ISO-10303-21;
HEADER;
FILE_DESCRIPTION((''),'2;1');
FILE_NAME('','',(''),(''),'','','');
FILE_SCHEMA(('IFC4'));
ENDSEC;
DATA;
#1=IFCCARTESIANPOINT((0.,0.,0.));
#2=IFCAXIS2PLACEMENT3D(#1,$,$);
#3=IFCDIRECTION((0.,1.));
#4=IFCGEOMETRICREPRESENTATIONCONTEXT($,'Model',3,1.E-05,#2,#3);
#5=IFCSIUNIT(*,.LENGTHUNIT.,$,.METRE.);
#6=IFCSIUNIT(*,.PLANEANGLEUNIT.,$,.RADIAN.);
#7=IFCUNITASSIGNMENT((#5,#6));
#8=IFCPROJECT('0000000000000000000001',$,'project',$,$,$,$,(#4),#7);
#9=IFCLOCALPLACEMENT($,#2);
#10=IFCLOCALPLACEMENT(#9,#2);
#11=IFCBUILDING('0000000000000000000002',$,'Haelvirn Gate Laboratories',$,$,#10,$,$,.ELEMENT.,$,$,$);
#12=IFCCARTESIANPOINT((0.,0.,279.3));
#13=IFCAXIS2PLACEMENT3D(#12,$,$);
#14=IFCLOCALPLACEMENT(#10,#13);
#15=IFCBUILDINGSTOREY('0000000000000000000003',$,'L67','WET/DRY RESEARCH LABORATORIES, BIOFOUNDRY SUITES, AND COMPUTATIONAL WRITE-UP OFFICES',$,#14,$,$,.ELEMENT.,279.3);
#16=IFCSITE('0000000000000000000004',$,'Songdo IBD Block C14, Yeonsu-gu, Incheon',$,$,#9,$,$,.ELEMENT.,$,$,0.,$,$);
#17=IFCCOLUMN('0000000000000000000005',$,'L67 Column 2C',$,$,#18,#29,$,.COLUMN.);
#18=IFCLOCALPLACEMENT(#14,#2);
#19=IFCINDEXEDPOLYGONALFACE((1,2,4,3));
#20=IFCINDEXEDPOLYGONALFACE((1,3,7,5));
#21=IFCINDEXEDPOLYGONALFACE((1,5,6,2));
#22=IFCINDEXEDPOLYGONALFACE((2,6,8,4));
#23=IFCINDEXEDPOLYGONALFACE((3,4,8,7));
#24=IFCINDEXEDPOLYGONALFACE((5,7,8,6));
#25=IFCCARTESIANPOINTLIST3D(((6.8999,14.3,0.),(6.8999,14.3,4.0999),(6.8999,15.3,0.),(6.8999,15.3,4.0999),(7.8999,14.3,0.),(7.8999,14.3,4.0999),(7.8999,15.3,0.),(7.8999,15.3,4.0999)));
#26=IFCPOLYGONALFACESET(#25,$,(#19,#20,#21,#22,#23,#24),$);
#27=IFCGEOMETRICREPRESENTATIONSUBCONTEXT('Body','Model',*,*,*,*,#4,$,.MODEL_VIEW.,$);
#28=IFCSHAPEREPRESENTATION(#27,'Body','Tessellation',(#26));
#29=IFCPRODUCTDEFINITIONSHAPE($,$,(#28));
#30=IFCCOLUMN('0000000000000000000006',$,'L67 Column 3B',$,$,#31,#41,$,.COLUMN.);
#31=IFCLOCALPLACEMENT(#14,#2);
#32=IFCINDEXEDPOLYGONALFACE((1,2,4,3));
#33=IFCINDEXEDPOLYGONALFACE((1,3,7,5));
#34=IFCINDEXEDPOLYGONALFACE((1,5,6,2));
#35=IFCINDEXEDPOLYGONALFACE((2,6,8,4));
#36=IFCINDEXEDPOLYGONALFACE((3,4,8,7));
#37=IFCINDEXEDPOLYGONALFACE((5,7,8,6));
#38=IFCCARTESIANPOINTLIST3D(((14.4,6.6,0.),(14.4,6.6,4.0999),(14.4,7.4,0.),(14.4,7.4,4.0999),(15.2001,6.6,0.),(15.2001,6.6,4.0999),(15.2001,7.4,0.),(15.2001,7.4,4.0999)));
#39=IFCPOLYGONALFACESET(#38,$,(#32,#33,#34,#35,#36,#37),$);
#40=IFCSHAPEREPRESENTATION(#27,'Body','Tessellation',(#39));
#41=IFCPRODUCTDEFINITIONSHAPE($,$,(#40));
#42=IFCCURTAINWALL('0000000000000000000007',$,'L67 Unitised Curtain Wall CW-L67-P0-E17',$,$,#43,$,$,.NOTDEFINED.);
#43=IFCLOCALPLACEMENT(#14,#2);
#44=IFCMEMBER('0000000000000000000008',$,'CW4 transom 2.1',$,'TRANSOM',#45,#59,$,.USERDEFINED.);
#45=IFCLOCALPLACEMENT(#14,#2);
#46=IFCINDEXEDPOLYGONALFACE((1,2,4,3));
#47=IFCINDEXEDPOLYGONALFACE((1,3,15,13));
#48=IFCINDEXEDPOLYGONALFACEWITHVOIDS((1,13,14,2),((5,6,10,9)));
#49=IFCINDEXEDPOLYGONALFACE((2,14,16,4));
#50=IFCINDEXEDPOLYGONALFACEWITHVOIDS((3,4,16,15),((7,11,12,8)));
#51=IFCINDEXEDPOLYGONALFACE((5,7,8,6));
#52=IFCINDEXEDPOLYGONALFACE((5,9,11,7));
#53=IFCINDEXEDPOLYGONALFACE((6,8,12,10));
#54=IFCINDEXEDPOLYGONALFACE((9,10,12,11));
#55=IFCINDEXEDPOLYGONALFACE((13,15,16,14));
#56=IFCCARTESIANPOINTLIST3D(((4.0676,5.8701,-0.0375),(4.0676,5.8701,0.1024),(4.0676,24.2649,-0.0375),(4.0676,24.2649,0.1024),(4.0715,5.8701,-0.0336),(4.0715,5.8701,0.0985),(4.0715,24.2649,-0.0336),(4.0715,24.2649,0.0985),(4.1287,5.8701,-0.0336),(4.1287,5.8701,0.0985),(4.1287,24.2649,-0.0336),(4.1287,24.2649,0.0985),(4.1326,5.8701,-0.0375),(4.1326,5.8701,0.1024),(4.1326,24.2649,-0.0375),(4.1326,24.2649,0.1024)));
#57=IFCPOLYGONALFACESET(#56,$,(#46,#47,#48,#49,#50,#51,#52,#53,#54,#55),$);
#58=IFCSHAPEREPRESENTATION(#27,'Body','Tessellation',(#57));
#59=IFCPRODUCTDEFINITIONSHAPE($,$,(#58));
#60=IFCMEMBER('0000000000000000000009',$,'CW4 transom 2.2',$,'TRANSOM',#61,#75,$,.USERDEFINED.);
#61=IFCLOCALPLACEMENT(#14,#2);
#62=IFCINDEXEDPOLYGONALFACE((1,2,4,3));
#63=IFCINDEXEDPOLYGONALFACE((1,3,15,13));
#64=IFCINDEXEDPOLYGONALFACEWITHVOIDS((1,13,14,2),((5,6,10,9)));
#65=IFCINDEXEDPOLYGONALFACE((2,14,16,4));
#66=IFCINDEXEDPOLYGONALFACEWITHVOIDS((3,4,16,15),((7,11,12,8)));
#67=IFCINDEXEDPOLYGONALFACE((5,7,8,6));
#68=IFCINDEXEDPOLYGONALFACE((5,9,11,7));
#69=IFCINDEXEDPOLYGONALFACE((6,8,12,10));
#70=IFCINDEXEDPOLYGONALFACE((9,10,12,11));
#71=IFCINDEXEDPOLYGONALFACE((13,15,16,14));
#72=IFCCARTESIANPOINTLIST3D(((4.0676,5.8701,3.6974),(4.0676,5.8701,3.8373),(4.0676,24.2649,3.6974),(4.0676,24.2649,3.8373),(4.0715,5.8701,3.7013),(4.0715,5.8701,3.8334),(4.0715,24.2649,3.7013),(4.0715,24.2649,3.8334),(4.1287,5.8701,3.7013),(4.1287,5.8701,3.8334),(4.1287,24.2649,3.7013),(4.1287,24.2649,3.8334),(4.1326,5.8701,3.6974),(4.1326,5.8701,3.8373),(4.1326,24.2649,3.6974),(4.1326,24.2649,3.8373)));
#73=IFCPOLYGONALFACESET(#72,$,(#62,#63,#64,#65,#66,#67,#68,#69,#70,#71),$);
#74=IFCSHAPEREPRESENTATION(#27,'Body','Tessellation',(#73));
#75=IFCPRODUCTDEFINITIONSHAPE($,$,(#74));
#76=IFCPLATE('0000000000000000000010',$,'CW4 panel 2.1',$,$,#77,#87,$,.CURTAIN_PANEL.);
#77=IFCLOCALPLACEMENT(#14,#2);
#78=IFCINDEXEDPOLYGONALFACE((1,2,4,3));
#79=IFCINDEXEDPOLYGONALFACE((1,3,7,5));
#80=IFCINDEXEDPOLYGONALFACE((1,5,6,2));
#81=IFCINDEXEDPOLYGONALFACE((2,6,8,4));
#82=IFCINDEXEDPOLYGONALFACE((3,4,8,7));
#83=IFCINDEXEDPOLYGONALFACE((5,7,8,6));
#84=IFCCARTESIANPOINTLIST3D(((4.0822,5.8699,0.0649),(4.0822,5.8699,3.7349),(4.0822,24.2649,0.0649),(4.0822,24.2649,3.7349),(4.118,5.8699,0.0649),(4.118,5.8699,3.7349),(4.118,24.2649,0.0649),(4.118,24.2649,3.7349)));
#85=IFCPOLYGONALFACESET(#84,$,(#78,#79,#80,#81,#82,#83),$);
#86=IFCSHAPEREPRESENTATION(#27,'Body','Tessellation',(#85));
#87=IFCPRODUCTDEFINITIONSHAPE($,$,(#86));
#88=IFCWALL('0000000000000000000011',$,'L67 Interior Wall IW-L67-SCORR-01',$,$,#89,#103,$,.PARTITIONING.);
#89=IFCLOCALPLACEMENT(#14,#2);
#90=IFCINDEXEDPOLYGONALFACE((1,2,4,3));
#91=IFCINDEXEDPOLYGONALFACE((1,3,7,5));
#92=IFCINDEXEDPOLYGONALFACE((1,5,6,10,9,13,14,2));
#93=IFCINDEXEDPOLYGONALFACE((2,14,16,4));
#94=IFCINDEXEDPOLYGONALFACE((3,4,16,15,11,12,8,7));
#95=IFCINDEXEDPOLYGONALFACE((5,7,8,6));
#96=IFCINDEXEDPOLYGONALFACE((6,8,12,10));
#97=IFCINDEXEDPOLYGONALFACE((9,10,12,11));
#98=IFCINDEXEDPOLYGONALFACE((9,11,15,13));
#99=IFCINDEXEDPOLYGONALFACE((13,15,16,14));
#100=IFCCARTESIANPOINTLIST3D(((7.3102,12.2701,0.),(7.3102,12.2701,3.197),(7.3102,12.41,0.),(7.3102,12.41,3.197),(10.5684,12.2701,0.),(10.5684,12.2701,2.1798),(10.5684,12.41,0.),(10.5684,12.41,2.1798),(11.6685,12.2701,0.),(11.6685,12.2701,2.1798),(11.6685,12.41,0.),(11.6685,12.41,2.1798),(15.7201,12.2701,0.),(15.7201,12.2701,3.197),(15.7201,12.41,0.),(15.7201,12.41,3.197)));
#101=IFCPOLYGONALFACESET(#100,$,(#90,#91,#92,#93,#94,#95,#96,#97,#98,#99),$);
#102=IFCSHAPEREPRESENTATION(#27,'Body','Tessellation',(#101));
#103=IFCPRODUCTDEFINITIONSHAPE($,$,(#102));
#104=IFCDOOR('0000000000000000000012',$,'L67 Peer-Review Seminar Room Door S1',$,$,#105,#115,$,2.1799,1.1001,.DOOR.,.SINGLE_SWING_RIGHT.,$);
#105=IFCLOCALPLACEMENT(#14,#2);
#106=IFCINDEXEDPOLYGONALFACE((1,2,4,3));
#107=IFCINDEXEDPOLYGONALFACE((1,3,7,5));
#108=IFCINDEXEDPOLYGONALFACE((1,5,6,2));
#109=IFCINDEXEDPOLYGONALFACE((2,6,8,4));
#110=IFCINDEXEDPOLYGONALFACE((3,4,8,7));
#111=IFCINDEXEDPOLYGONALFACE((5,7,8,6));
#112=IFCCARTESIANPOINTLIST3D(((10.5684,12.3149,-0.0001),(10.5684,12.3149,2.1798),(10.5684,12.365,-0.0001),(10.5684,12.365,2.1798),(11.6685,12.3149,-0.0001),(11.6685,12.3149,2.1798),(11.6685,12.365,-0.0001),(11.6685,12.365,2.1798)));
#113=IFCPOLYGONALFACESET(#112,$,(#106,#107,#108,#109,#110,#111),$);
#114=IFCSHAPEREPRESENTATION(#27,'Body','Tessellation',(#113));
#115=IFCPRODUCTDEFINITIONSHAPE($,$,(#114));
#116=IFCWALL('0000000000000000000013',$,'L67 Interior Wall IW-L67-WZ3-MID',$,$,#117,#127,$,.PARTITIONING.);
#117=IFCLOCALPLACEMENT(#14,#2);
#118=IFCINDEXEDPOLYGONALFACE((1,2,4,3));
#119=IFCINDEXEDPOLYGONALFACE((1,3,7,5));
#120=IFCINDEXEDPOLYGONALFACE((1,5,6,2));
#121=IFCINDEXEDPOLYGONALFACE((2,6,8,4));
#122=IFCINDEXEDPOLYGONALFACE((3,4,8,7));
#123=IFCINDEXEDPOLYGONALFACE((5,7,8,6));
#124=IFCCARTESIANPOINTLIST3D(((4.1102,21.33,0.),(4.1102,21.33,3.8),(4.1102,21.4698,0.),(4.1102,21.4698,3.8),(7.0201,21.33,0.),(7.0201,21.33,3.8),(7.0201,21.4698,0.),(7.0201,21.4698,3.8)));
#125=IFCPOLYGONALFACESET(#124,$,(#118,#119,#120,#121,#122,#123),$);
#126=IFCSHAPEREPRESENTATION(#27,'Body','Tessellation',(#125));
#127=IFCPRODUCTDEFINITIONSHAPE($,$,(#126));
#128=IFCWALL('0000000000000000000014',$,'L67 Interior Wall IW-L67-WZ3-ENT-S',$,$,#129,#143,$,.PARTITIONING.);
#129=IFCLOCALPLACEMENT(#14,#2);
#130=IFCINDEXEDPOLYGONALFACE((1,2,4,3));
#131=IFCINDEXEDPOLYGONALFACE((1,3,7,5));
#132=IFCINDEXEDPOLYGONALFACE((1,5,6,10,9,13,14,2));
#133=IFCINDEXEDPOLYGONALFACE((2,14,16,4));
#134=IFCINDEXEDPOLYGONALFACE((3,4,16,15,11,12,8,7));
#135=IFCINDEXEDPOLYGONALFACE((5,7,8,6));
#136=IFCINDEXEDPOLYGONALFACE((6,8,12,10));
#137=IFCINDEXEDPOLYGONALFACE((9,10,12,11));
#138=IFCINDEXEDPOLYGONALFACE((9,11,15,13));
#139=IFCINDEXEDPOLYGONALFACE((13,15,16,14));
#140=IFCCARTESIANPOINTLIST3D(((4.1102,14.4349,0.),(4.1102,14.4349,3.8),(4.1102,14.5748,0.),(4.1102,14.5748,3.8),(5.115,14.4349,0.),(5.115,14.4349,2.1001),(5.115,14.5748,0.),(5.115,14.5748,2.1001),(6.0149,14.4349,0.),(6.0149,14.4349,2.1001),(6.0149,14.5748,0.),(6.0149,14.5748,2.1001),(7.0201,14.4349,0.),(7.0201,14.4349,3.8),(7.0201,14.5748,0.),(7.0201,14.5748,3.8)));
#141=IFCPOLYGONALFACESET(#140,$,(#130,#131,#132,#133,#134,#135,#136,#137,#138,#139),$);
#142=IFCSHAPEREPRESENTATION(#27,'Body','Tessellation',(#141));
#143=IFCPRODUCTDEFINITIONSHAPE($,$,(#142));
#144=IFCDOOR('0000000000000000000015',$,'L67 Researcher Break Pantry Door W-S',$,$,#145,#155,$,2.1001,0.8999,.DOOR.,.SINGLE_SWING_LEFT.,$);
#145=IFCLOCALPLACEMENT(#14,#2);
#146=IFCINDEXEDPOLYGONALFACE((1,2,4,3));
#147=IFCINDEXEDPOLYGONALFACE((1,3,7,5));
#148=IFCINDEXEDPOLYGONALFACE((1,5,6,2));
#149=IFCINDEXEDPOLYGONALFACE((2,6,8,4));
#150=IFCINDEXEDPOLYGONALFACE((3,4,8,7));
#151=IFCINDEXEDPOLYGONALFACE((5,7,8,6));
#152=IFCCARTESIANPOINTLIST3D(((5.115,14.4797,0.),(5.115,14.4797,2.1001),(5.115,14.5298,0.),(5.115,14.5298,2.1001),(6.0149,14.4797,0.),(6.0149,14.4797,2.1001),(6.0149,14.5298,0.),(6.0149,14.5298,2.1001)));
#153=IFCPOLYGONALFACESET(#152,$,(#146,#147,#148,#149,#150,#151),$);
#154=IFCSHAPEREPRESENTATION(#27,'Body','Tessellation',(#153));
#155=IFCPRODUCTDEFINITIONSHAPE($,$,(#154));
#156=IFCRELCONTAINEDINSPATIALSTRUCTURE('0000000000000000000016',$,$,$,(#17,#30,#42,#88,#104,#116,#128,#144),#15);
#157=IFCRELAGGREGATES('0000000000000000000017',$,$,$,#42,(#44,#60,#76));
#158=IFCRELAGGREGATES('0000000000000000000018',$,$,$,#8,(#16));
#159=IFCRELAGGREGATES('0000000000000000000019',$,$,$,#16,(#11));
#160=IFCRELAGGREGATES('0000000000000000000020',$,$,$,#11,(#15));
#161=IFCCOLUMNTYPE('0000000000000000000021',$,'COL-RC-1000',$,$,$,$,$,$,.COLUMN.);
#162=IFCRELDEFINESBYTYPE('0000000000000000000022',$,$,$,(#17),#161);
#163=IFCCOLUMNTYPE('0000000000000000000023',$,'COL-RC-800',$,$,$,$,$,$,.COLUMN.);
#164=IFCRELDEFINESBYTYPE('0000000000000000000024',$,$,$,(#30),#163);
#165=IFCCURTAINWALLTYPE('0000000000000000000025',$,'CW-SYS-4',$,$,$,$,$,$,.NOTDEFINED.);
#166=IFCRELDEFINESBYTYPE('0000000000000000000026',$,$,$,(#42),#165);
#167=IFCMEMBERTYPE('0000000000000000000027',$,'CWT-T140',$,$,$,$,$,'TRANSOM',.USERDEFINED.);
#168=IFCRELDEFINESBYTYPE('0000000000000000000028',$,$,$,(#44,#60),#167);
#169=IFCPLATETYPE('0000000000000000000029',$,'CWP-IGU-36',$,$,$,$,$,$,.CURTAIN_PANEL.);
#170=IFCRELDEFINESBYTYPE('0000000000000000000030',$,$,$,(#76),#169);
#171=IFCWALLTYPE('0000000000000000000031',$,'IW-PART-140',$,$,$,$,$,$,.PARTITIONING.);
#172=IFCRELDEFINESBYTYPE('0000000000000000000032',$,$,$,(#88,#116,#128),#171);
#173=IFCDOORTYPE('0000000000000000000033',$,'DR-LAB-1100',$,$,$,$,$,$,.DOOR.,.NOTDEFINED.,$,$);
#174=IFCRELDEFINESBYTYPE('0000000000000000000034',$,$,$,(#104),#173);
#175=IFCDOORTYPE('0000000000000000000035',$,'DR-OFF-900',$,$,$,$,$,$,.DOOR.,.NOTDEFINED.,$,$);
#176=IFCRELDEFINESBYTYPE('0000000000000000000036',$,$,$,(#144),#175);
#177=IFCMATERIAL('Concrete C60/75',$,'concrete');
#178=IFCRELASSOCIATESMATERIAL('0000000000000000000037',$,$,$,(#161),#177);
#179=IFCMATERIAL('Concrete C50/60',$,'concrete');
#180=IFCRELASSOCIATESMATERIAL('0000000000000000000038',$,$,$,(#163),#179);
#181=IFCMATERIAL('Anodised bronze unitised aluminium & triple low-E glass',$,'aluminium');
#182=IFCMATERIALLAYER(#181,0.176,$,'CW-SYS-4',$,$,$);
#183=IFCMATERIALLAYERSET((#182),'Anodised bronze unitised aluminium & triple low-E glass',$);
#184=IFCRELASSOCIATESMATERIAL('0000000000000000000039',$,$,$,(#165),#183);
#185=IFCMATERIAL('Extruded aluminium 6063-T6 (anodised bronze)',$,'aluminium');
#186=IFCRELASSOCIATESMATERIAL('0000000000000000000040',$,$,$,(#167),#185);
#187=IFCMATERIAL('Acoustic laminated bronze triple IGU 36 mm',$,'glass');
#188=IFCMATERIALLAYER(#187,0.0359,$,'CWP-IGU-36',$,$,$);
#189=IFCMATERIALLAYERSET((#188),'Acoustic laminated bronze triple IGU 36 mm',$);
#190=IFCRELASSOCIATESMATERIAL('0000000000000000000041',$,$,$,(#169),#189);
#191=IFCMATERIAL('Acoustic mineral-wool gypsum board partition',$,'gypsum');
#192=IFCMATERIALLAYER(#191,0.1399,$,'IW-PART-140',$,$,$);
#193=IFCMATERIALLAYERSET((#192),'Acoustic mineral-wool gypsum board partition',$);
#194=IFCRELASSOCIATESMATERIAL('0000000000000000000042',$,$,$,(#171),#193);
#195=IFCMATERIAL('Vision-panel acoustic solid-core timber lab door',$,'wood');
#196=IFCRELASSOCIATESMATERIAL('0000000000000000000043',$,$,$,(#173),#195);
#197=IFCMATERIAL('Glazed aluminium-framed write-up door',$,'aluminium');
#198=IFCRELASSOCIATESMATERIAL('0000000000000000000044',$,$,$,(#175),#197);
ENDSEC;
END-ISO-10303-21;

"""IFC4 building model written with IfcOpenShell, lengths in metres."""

from ifc_helpers import new_model, si_unit, direction, frame, frame_2d, origin, origin_2d, place, context, subcontext, project, spatial, rectangle, hollow_rectangle, extrude, source, transform, mapped, material, layer, layer_set, material_profile, profile_set, type_object, type_shapes, element, fill, aggregate, save


model = new_model("IFC4")

# Units and contexts
model_context = context("Model", 3, precision=1e-05, world=origin(), true_north=direction((0.0, 1.0)))
body_context = subcontext(model_context, "Body", "Model", "MODEL_VIEW")
ifc_project = project(units=[si_unit("LENGTHUNIT", "METRE"), si_unit("PLANEANGLEUNIT", "RADIAN")], contexts=[model_context])

# Site, building, storey
site_placement = place(None, origin())
site = spatial("IfcSite", under=ifc_project, at=site_placement, Name="Songdo IBD Block C14, Yeonsu-gu, Incheon", CompositionType="ELEMENT", RefElevation=0.0)
building_placement = place(site_placement, origin())
building = spatial("IfcBuilding", under=site, at=building_placement, Name="Haelvirn Gate Laboratories", CompositionType="ELEMENT")
storey_placement = place(building_placement, frame((0.0, 0.0, 279.3)))
storey = spatial("IfcBuildingStorey", under=building, at=storey_placement, Name="L67", Description="WET/DRY RESEARCH LABORATORIES, BIOFOUNDRY SUITES, AND COMPUTATIONAL WRITE-UP OFFICES", CompositionType="ELEMENT", Elevation=279.3)

# Columns
ifc_material_1 = material(Name="Concrete C60/75", Category="concrete")
ifc_material_profile_1 = material_profile(ifc_material_1, rectangle(XDim=1.0, YDim=1.0, at=origin_2d()), Name="RC-1000x1000")
ifc_profile_set_1 = profile_set([ifc_material_profile_1], Name="Concrete C60/75")
column_type_1 = type_object("IfcColumnType", Name="COL-RC-1000", PredefinedType="COLUMN", material=ifc_profile_set_1)
shared_shape_1 = source(origin(), body_context, "Body", "SweptSolid", [
    extrude(rectangle(XDim=1.0, YDim=1.0, at=origin_2d()), origin(), (0.0, 0.0, 1.0), 4.0999),
])
type_shapes(column_type_1, [shared_shape_1])
column_1_placement = place(storey_placement, frame((7.3999, 14.8, 0.0), z_axis=(0.0, 0.0, 1.0), x_axis=(1.0, 0.0, 0.0)))
element("IfcColumn", 1, at=column_1_placement, inside=storey, type_object=column_type_1, Name="L67 Column 2C", PredefinedType="COLUMN", context=body_context, shape_type="MappedRepresentation", body=[
    mapped(shared_shape_1, transform((0.0, 0.0, 0.0), scale=1.0)),
])
ifc_material_2 = material(Name="Concrete C50/60", Category="concrete")
ifc_material_profile_2 = material_profile(ifc_material_2, rectangle(XDim=0.8, YDim=0.8, at=origin_2d()), Name="RC-800x800")
ifc_profile_set_2 = profile_set([ifc_material_profile_2], Name="Concrete C50/60")
column_type_2 = type_object("IfcColumnType", Name="COL-RC-800", PredefinedType="COLUMN", material=ifc_profile_set_2)
shared_shape_2 = source(origin(), body_context, "Body", "SweptSolid", [
    extrude(rectangle(XDim=0.8, YDim=0.8, at=origin_2d()), origin(), (0.0, 0.0, 1.0), 4.0999),
])
type_shapes(column_type_2, [shared_shape_2])
column_2_placement = place(storey_placement, frame((14.8, 7.0, 0.0), z_axis=(0.0, 0.0, 1.0), x_axis=(1.0, 0.0, 0.0)))
element("IfcColumn", 2, at=column_2_placement, inside=storey, type_object=column_type_2, Name="L67 Column 3B", PredefinedType="COLUMN", context=body_context, shape_type="MappedRepresentation", body=[
    mapped(shared_shape_2, transform((0.0, 0.0, 0.0), scale=1.0)),
])

# Curtain wall, members, plate
ifc_material_3 = material(Name="Anodised bronze unitised aluminium & triple low-E glass", Category="aluminium")
ifc_layer_1 = layer(ifc_material_3, 0.176, Name="CW-SYS-4")
ifc_layer_set_1 = layer_set([ifc_layer_1], Name="Anodised bronze unitised aluminium & triple low-E glass")
curtain_wall_type = type_object("IfcCurtainWallType", Name="CW-SYS-4", PredefinedType="NOTDEFINED", material=ifc_layer_set_1)
curtain_wall_placement = place(storey_placement, origin())
curtain_wall = element("IfcCurtainWall", 3, at=curtain_wall_placement, inside=storey, type_object=curtain_wall_type, Name="L67 Unitised Curtain Wall CW-L67-P0-E17", PredefinedType="NOTDEFINED")
ifc_material_4 = material(Name="Extruded aluminium 6063-T6 (anodised bronze)", Category="aluminium")
ifc_material_profile_3 = material_profile(ifc_material_4, hollow_rectangle(XDim=0.0649, YDim=0.1399, WallThickness=0.0039, at=origin_2d()), Name="CWT-140x65x4")
ifc_profile_set_3 = profile_set([ifc_material_profile_3], Name="Extruded aluminium 6063-T6 (anodised bronze)")
member_type = type_object("IfcMemberType", Name="CWT-T140", ElementType="TRANSOM", PredefinedType="USERDEFINED", material=ifc_profile_set_3)
shared_shape_3 = source(origin(), body_context, "Body", "SweptSolid", [
    extrude(hollow_rectangle(XDim=0.0649, YDim=0.1399, WallThickness=0.0039, at=origin_2d()), origin(), (0.0, 0.0, 1.0), 18.3948),
])
type_shapes(member_type, [shared_shape_3])
member_1_placement = place(storey_placement, frame((4.1001, 24.2649, 0.0325), z_axis=(0.0, -1.0, 0.0), x_axis=(1.0, 0.0, 0.0)))
member_1 = element("IfcMember", 4, at=member_1_placement, type_object=member_type, Name="CW4 transom 2.1", ObjectType="TRANSOM", PredefinedType="USERDEFINED", context=body_context, shape_type="MappedRepresentation", body=[
    mapped(shared_shape_3, transform((0.0, 0.0, 0.0), scale=1.0)),
])
member_2_placement = place(storey_placement, frame((4.1001, 24.2649, 3.7673), z_axis=(0.0, -1.0, 0.0), x_axis=(1.0, 0.0, 0.0)))
member_2 = element("IfcMember", 5, at=member_2_placement, type_object=member_type, Name="CW4 transom 2.2", ObjectType="TRANSOM", PredefinedType="USERDEFINED", context=body_context, shape_type="MappedRepresentation", body=[
    mapped(shared_shape_3, transform((0.0, 0.0, 0.0), scale=1.0)),
])
ifc_material_5 = material(Name="Acoustic laminated bronze triple IGU 36 mm", Category="glass")
ifc_layer_2 = layer(ifc_material_5, 0.0359, Name="CWP-IGU-36")
ifc_layer_set_2 = layer_set([ifc_layer_2], Name="Acoustic laminated bronze triple IGU 36 mm")
plate_type = type_object("IfcPlateType", Name="CWP-IGU-36", PredefinedType="CURTAIN_PANEL", material=ifc_layer_set_2)
shared_shape_4 = source(origin(), body_context, "Body", "SweptSolid", [
    extrude(rectangle(XDim=18.395, YDim=0.0359, at=origin_2d()), origin(), (0.0, 0.0, 1.0), 3.6699),
])
type_shapes(plate_type, [shared_shape_4])
plate_placement = place(storey_placement, frame((4.1001, 15.0674, 0.0649), z_axis=(0.0, 0.0, 1.0), x_axis=(0.0, -1.0, 0.0)))
plate = element("IfcPlate", 6, at=plate_placement, type_object=plate_type, Name="CW4 panel 2.1", PredefinedType="CURTAIN_PANEL", context=body_context, shape_type="MappedRepresentation", body=[
    mapped(shared_shape_4, transform((0.0, 0.0, 0.0), scale=1.0)),
])
aggregate(curtain_wall, [member_1, member_2, plate])

# Wall, opening, door
ifc_material_6 = material(Name="Acoustic mineral-wool gypsum board partition", Category="gypsum")
ifc_layer_3 = layer(ifc_material_6, 0.1399, Name="IW-PART-140")
ifc_layer_set_3 = layer_set([ifc_layer_3], Name="Acoustic mineral-wool gypsum board partition")
wall_type_1 = type_object("IfcWallType", Name="IW-PART-140", PredefinedType="PARTITIONING", material=ifc_layer_set_3)
wall_1_placement = place(storey_placement, frame((7.3101, 12.3401, 0.0), z_axis=(0.0, 0.0, 1.0), x_axis=(1.0, 0.0, 0.0)))
wall_1 = element("IfcWall", 7, at=wall_1_placement, inside=storey, type_object=wall_type_1, Name="L67 Interior Wall IW-L67-SCORR-01", PredefinedType="PARTITIONING", context=body_context, shape_type="SweptSolid", body=[
    extrude(rectangle(XDim=8.4099, YDim=0.1399, at=frame_2d((4.2051, 0.0))), origin(), (0.0, 0.0, 1.0), 3.197),
])
opening_1_placement = place(wall_1_placement, frame((3.2583, 0.0, 0.0)))
opening_1 = element("IfcOpeningElement", 8, at=opening_1_placement, cuts=wall_1, PredefinedType="OPENING", context=body_context, shape_type="SweptSolid", body=[
    extrude(rectangle(XDim=1.1001, YDim=2.1799, at=frame_2d((0.55, 1.0898))), frame((0.0, 0.0801, 0.0), z_axis=(0.0, -1.0, 0.0), x_axis=(1.0, 0.0, 0.0)), (0.0, 0.0, 1.0), 0.1599),
])
ifc_material_7 = material(Name="Vision-panel acoustic solid-core timber lab door", Category="wood")
door_type_1 = type_object("IfcDoorType", Name="DR-LAB-1100", OperationType="NOTDEFINED", PredefinedType="DOOR", material=ifc_material_7)
shared_shape_5 = source(origin(), body_context, "Body", "SweptSolid", [
    extrude(rectangle(XDim=1.1001, YDim=2.1799, at=frame_2d((0.55, 1.0898))), frame((0.0, 0.0249, 0.0), z_axis=(0.0, -1.0, 0.0), x_axis=(1.0, 0.0, 0.0)), (0.0, 0.0, 1.0), 0.05),
])
type_shapes(door_type_1, [shared_shape_5])
door_1_placement = place(opening_1_placement, origin())
door_1 = element("IfcDoor", 9, at=door_1_placement, inside=storey, type_object=door_type_1, Name="L67 Peer-Review Seminar Room Door S1", OperationType="SINGLE_SWING_RIGHT", OverallHeight=2.1799, OverallWidth=1.1001, PredefinedType="DOOR", context=body_context, shape_type="MappedRepresentation", body=[
    mapped(shared_shape_5, transform((0.0, 0.0, 0.0), scale=1.0)),
])
fill(opening_1, door_1)

# Wall
wall_2_placement = place(storey_placement, frame((4.1101, 21.3999, 0.0), z_axis=(0.0, 0.0, 1.0), x_axis=(1.0, 0.0, 0.0)))
element("IfcWall", 10, at=wall_2_placement, inside=storey, type_object=wall_type_1, Name="L67 Interior Wall IW-L67-WZ3-MID", PredefinedType="PARTITIONING", context=body_context, shape_type="SweptSolid", body=[
    extrude(rectangle(XDim=2.9099, YDim=0.1399, at=frame_2d((1.4551, 0.0))), origin(), (0.0, 0.0, 1.0), 3.8),
])

# Wall, opening, door
wall_3_placement = place(storey_placement, frame((4.1101, 14.5049, 0.0), z_axis=(0.0, 0.0, 1.0), x_axis=(1.0, 0.0, 0.0)))
wall_3 = element("IfcWall", 11, at=wall_3_placement, inside=storey, type_object=wall_type_1, Name="L67 Interior Wall IW-L67-WZ3-ENT-S", PredefinedType="PARTITIONING", context=body_context, shape_type="SweptSolid", body=[
    extrude(rectangle(XDim=2.9099, YDim=0.1399, at=frame_2d((1.4551, 0.0))), origin(), (0.0, 0.0, 1.0), 3.8),
])
opening_2_placement = place(wall_3_placement, frame((1.0049, 0.0, 0.0)))
opening_2 = element("IfcOpeningElement", 12, at=opening_2_placement, cuts=wall_3, PredefinedType="OPENING", context=body_context, shape_type="SweptSolid", body=[
    extrude(rectangle(XDim=0.8999, YDim=2.1001, at=frame_2d((0.45, 1.05))), frame((0.0, 0.0801, 0.0), z_axis=(0.0, -1.0, 0.0), x_axis=(1.0, 0.0, 0.0)), (0.0, 0.0, 1.0), 0.1599),
])
ifc_material_8 = material(Name="Glazed aluminium-framed write-up door", Category="aluminium")
door_type_2 = type_object("IfcDoorType", Name="DR-OFF-900", OperationType="NOTDEFINED", PredefinedType="DOOR", material=ifc_material_8)
shared_shape_6 = source(origin(), body_context, "Body", "SweptSolid", [
    extrude(rectangle(XDim=0.8999, YDim=2.1001, at=frame_2d((0.45, 1.05))), frame((0.0, 0.0249, 0.0), z_axis=(0.0, -1.0, 0.0), x_axis=(1.0, 0.0, 0.0)), (0.0, 0.0, 1.0), 0.05),
])
type_shapes(door_type_2, [shared_shape_6])
door_2_placement = place(opening_2_placement, origin())
door_2 = element("IfcDoor", 13, at=door_2_placement, inside=storey, type_object=door_type_2, Name="L67 Researcher Break Pantry Door W-S", OperationType="SINGLE_SWING_LEFT", OverallHeight=2.1001, OverallWidth=0.8999, PredefinedType="DOOR", context=body_context, shape_type="MappedRepresentation", body=[
    mapped(shared_shape_6, transform((0.0, 0.0, 0.0), scale=1.0)),
])
fill(opening_2, door_2)

save(model, "model.ifc")
